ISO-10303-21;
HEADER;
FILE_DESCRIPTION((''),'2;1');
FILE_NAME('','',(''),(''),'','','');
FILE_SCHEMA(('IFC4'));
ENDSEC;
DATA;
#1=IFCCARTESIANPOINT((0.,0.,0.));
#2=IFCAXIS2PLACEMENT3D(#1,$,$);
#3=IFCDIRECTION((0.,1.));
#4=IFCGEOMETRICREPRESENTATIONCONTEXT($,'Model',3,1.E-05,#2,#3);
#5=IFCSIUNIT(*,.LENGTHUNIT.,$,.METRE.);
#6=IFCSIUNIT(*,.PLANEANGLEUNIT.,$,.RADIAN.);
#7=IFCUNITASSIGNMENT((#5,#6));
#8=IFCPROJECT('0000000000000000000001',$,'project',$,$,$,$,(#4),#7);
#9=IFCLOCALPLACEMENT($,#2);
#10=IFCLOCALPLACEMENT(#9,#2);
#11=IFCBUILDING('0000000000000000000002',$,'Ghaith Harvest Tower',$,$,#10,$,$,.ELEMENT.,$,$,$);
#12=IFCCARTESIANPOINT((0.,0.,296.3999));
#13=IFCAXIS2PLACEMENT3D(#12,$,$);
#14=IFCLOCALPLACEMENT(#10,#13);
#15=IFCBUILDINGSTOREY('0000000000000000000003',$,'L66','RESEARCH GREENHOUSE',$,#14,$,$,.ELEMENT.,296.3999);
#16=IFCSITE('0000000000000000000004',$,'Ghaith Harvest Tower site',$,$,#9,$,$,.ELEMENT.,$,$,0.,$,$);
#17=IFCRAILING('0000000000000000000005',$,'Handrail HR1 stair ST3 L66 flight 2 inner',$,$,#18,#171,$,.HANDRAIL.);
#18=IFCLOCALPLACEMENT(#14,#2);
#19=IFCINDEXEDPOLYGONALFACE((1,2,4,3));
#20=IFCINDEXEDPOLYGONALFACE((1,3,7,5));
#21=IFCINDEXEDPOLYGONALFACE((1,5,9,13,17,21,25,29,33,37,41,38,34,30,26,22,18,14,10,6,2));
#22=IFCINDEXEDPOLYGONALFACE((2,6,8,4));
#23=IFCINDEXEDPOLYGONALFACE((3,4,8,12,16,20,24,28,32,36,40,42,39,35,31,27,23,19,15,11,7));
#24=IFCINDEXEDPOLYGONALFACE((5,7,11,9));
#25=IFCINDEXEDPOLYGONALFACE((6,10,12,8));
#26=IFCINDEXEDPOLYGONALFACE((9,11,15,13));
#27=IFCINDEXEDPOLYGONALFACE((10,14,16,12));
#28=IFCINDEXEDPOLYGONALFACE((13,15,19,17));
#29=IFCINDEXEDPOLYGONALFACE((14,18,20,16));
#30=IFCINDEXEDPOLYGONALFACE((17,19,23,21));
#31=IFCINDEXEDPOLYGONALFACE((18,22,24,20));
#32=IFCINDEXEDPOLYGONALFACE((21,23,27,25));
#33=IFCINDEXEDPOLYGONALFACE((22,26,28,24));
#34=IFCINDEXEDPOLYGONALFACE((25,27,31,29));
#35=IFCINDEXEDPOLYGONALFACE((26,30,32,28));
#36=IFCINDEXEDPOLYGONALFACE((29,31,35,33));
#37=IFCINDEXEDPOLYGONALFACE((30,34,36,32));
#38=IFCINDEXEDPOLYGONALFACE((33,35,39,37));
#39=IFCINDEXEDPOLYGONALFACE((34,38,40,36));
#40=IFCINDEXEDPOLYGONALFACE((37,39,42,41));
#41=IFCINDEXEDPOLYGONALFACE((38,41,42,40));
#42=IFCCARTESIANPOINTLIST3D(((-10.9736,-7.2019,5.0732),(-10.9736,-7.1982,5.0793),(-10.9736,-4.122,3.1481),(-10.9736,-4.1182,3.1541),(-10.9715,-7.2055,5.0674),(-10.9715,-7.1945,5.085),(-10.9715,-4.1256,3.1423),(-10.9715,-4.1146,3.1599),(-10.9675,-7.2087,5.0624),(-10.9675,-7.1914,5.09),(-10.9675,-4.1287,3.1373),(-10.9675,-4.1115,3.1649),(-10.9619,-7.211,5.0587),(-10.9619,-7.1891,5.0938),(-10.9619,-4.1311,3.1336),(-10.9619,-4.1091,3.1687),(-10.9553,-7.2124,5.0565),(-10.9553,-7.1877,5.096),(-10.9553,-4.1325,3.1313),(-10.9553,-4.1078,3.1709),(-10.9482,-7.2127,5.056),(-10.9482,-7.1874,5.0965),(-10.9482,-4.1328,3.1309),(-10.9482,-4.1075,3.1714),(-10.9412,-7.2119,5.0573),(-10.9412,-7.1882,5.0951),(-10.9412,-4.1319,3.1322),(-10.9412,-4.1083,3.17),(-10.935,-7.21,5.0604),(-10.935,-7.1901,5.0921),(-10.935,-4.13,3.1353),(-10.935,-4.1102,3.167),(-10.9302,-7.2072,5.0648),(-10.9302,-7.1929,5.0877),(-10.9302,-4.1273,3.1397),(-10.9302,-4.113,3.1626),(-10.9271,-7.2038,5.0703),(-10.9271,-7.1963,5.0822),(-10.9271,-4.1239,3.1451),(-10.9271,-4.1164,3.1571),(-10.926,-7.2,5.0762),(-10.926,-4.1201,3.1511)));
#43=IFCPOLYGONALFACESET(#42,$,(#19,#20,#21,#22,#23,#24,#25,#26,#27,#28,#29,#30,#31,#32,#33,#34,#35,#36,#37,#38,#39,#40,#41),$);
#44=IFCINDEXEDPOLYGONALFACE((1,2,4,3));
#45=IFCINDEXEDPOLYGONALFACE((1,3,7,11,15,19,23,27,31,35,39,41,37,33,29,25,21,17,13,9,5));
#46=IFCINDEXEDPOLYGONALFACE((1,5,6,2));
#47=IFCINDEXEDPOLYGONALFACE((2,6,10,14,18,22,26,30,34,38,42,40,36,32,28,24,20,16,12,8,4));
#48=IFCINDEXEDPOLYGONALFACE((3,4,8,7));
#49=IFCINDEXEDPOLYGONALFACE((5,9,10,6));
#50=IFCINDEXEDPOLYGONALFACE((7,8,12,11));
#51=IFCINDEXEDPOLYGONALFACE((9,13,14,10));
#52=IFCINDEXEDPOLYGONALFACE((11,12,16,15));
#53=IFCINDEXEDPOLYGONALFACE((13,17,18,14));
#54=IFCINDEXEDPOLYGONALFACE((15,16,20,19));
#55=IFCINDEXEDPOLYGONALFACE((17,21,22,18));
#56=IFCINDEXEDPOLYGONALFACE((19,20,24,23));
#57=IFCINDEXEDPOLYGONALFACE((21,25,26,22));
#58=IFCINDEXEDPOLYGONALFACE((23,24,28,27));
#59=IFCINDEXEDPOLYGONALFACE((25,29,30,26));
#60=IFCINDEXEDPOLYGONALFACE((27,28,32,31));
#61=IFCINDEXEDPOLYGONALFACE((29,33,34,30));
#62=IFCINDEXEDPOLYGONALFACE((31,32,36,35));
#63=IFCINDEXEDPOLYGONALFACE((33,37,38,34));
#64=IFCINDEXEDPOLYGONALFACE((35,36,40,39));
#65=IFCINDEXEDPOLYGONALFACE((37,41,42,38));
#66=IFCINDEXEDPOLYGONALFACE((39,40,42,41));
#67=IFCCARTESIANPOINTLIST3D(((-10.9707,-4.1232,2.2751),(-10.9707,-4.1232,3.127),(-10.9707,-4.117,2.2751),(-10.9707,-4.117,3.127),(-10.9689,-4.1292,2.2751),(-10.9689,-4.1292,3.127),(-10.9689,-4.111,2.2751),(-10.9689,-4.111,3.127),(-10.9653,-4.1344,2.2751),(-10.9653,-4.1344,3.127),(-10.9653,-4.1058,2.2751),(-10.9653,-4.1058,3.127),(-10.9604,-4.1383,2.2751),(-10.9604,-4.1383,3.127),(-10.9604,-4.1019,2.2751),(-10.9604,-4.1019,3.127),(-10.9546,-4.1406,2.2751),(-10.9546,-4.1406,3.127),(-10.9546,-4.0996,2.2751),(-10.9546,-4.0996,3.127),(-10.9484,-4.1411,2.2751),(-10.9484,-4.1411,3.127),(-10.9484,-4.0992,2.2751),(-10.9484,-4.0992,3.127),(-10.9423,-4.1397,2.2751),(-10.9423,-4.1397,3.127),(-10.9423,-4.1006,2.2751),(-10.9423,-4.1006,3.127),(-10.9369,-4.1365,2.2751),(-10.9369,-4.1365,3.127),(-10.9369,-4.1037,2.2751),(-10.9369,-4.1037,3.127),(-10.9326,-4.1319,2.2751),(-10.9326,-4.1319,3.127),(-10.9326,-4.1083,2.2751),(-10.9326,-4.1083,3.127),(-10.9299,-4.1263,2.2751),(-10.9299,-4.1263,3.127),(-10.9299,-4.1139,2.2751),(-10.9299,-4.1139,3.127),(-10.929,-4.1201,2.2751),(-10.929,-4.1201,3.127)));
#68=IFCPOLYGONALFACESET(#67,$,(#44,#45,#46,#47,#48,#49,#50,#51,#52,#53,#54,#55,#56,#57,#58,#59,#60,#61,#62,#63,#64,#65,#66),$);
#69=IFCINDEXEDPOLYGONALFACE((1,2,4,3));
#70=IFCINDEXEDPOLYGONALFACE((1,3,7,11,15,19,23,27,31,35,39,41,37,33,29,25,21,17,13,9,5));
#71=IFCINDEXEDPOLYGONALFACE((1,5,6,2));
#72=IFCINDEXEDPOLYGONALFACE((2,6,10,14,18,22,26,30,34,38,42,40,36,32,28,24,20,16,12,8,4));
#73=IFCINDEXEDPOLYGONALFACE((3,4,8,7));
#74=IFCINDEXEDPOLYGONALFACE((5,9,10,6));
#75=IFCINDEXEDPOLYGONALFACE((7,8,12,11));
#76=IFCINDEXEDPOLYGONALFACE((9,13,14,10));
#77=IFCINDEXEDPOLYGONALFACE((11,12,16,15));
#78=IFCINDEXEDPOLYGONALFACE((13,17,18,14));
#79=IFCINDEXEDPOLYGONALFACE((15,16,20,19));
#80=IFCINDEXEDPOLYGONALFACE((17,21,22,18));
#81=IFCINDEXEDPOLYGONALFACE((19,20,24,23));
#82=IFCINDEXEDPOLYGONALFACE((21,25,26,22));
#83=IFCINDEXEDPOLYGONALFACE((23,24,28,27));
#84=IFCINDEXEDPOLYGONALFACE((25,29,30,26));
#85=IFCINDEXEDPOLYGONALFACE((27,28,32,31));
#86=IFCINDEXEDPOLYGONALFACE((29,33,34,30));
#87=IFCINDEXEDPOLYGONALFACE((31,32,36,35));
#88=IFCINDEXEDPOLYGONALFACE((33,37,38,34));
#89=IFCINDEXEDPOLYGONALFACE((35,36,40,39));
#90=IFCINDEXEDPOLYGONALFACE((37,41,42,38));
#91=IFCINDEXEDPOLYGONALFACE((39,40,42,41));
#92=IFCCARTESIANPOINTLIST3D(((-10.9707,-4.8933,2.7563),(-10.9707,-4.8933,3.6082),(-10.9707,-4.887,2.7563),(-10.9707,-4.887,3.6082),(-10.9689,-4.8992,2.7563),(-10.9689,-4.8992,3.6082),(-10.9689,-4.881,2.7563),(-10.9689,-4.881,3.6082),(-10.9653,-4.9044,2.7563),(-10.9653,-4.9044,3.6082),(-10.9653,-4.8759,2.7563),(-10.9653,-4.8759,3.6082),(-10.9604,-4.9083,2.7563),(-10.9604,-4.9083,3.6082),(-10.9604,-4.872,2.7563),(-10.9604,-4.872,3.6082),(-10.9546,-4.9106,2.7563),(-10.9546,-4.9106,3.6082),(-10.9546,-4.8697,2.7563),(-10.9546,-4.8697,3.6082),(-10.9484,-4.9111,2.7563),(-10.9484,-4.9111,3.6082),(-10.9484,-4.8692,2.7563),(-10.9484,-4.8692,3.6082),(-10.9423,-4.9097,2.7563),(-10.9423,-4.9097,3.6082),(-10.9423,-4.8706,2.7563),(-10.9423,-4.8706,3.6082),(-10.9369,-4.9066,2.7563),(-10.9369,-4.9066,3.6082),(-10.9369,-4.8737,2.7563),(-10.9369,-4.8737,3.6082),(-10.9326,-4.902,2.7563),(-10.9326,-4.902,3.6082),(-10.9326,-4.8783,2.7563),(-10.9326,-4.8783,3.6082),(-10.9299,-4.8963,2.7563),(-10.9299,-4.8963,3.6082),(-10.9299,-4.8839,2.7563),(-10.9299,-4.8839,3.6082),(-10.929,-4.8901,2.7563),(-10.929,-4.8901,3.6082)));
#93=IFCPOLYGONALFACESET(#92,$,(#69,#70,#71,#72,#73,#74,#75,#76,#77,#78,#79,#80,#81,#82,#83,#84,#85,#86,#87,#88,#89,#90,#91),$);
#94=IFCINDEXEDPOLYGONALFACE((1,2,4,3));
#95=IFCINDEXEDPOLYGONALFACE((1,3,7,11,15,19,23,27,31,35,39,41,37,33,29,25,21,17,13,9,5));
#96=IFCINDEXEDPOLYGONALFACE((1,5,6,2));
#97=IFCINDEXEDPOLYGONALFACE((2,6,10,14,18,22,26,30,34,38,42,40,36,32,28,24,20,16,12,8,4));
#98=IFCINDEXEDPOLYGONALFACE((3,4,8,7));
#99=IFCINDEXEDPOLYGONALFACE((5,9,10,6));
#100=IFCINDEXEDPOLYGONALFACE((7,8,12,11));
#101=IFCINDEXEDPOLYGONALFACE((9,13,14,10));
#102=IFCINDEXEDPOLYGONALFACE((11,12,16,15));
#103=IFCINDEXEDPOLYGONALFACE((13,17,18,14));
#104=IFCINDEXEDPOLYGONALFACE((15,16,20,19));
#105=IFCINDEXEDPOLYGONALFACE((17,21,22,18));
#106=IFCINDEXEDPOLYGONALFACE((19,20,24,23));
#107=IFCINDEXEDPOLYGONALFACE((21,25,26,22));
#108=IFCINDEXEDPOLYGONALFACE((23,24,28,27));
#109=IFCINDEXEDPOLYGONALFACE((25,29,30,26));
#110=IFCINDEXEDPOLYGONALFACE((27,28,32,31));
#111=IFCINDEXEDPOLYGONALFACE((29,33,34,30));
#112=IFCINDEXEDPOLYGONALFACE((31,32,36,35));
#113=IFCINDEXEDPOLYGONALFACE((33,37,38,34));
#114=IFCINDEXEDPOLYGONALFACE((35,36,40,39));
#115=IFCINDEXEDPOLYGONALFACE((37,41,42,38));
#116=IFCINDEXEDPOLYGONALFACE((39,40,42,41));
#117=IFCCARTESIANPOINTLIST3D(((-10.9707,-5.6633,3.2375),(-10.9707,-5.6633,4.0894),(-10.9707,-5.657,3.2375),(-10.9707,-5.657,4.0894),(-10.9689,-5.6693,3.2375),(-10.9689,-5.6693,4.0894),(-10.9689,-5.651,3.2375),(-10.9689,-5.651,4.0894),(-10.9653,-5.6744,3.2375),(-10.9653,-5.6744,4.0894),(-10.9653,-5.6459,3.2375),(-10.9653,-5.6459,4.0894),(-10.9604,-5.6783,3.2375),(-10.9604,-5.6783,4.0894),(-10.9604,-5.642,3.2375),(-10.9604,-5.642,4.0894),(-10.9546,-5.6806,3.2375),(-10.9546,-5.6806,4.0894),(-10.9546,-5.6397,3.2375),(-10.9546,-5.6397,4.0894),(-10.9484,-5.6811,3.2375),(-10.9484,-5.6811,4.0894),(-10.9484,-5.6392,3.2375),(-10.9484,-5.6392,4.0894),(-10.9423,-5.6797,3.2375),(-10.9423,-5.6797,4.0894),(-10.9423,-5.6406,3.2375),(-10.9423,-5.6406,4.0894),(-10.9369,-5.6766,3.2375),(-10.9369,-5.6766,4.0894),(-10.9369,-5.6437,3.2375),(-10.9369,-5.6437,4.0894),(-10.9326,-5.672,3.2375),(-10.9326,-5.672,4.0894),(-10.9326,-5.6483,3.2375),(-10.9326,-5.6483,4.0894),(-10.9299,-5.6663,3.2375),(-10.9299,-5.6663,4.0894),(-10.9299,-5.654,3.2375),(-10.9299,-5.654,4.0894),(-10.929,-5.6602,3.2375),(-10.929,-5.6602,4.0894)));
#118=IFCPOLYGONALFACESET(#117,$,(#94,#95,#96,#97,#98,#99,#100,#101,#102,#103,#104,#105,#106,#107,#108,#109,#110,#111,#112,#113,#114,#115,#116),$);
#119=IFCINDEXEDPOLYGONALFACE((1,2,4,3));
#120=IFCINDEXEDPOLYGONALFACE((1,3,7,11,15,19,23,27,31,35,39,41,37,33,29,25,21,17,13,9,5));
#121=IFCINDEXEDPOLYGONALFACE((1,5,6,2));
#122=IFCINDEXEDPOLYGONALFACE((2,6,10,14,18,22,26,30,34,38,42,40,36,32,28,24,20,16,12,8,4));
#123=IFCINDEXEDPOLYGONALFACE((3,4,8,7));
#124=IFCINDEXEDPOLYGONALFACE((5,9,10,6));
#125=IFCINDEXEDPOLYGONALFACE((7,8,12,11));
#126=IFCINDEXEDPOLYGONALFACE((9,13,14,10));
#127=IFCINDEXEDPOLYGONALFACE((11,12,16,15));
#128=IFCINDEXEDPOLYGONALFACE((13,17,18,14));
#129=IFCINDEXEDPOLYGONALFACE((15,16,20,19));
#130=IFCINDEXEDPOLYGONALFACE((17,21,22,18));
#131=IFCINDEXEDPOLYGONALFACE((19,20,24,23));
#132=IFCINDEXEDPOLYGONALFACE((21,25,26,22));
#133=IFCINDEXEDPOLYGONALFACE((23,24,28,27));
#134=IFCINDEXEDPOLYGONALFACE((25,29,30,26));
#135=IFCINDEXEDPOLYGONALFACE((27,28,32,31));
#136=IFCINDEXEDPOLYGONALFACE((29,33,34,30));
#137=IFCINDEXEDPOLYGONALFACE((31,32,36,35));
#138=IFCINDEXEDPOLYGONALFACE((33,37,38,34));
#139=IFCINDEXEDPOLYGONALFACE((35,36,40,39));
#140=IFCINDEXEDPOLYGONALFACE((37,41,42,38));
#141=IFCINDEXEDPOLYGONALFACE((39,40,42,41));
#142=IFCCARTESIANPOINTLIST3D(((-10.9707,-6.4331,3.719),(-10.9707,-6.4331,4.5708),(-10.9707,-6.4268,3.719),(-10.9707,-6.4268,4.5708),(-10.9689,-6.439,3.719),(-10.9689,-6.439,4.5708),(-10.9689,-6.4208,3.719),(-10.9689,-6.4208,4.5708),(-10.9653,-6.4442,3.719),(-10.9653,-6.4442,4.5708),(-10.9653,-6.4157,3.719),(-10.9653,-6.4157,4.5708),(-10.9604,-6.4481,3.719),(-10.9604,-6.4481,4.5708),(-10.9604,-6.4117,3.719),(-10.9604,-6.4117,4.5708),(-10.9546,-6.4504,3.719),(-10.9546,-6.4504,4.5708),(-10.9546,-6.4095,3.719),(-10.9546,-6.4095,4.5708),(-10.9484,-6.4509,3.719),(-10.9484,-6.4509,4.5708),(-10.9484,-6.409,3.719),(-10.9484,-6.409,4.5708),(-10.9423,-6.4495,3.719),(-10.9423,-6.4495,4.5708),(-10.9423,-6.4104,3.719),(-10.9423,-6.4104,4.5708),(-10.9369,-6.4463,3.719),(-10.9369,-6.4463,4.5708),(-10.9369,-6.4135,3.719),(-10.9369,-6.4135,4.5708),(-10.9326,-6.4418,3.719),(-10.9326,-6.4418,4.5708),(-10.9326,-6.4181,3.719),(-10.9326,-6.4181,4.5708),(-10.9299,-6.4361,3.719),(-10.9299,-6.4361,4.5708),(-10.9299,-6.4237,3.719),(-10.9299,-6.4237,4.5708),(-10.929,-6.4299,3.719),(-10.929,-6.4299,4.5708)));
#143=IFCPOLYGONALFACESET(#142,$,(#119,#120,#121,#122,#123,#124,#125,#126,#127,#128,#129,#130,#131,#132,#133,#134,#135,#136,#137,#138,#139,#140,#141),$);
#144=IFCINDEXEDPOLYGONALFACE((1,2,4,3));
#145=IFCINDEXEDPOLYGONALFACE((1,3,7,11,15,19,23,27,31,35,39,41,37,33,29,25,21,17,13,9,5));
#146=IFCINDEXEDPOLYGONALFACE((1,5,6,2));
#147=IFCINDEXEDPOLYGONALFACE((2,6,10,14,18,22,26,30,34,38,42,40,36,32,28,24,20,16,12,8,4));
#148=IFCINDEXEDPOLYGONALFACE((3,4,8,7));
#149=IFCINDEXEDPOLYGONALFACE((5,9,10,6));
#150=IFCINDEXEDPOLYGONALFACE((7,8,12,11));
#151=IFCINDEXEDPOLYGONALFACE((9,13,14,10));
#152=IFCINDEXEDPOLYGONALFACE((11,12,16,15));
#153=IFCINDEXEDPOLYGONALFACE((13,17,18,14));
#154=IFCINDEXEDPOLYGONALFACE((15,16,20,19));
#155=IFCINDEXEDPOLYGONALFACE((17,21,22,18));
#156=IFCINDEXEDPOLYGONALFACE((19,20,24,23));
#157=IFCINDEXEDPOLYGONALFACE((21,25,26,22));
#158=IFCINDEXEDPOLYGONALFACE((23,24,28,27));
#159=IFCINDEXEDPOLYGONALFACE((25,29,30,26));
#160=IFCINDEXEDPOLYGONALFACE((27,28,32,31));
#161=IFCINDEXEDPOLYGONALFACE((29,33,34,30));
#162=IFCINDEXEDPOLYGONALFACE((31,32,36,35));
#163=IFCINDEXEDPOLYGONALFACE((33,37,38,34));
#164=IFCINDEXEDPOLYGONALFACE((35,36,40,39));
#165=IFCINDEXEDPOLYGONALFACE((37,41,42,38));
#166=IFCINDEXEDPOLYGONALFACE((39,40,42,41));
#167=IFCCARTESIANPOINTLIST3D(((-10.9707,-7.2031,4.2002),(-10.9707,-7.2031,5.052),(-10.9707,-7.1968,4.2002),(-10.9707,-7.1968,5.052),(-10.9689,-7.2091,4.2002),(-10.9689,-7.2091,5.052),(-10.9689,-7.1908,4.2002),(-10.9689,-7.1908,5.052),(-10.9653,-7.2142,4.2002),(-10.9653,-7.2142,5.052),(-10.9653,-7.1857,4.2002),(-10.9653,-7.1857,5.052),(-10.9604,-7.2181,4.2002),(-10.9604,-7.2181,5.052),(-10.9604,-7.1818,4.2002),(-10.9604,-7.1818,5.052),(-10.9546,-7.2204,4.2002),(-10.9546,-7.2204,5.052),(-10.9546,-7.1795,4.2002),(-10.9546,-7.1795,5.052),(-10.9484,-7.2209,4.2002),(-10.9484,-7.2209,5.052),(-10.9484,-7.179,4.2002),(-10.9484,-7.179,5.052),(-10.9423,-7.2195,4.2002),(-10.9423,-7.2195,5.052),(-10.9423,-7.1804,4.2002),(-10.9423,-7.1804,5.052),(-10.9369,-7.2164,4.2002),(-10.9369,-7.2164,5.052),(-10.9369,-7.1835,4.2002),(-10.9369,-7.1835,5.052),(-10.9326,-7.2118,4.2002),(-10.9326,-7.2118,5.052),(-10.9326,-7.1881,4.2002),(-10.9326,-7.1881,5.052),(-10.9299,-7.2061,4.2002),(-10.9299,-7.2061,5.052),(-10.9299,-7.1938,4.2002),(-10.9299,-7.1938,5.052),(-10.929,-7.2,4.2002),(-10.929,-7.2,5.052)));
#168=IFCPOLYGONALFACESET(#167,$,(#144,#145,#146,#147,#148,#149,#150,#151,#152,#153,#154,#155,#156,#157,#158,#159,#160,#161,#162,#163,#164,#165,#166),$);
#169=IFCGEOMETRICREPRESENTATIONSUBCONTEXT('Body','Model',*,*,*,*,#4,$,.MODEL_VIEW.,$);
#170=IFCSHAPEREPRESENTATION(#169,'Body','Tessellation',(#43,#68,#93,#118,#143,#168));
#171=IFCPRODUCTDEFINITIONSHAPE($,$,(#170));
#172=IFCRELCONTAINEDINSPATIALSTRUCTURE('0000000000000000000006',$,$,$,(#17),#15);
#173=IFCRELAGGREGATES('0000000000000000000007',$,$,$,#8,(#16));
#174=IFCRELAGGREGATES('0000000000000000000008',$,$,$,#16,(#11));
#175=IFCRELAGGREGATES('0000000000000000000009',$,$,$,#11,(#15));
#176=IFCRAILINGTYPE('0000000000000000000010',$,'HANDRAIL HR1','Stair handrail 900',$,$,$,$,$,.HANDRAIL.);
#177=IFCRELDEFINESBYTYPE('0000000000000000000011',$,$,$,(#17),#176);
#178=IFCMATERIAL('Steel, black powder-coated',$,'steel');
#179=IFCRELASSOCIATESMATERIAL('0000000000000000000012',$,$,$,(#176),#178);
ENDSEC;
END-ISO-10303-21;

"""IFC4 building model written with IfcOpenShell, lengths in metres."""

from ifc_helpers import new_model, si_unit, direction, frame, origin, origin_2d, place, context, subcontext, project, spatial, circle, extrude, material, type_object, element, save


model = new_model("IFC4")

# Units and contexts
model_context = context("Model", 3, precision=1e-05, world=origin(), true_north=direction((0.0, 1.0)))
body_context = subcontext(model_context, "Body", "Model", "MODEL_VIEW")
ifc_project = project(units=[si_unit("LENGTHUNIT", "METRE"), si_unit("PLANEANGLEUNIT", "RADIAN")], contexts=[model_context])

# Site, building, storey
site_placement = place(None, origin())
site = spatial("IfcSite", under=ifc_project, at=site_placement, Name="Ghaith Harvest Tower site", CompositionType="ELEMENT", RefElevation=0.0)
building_placement = place(site_placement, origin())
building = spatial("IfcBuilding", under=site, at=building_placement, Name="Ghaith Harvest Tower", CompositionType="ELEMENT")
storey_placement = place(building_placement, frame((0.0, 0.0, 296.3999)))
storey = spatial("IfcBuildingStorey", under=building, at=storey_placement, Name="L66", Description="RESEARCH GREENHOUSE", CompositionType="ELEMENT", Elevation=296.3999)

# Railing
ifc_material_1 = material(Name="Steel, black powder-coated", Category="steel")
railing_type = type_object("IfcRailingType", Name="HANDRAIL HR1", Description="Stair handrail 900", PredefinedType="HANDRAIL", material=ifc_material_1)
railing_1_placement = place(storey_placement, frame((-10.95, -4.1201, 2.2751)))
element("IfcRailing", 1, at=railing_1_placement, inside=storey, type_object=railing_type, Name="Handrail HR1 stair ST3 L66 flight 2 inner", PredefinedType="HANDRAIL", context=body_context, shape_type="SweptSolid", body=[
    extrude(circle(Radius=0.0239, at=origin_2d()), frame((0.0, 0.0, 0.876), z_axis=(0.0, -0.847979, 0.530029), x_axis=(1.0, 0.0, 0.0)), (0.0, 0.0, 1.0), 3.6321),
    extrude(circle(Radius=0.021, at=origin_2d()), origin(), (0.0, 0.0, 1.0), 0.8518),
    extrude(circle(Radius=0.021, at=origin_2d()), frame((0.0, -0.77, 0.4812)), (0.0, 0.0, 1.0), 0.8518),
    extrude(circle(Radius=0.021, at=origin_2d()), frame((0.0, -1.54, 0.9624)), (0.0, 0.0, 1.0), 0.8518),
    extrude(circle(Radius=0.021, at=origin_2d()), frame((0.0, -2.3098, 1.4438)), (0.0, 0.0, 1.0), 0.8518),
    extrude(circle(Radius=0.021, at=origin_2d()), frame((0.0, -3.0798, 1.925)), (0.0, 0.0, 1.0), 0.8518),
])

save(model, "model.ifc")
